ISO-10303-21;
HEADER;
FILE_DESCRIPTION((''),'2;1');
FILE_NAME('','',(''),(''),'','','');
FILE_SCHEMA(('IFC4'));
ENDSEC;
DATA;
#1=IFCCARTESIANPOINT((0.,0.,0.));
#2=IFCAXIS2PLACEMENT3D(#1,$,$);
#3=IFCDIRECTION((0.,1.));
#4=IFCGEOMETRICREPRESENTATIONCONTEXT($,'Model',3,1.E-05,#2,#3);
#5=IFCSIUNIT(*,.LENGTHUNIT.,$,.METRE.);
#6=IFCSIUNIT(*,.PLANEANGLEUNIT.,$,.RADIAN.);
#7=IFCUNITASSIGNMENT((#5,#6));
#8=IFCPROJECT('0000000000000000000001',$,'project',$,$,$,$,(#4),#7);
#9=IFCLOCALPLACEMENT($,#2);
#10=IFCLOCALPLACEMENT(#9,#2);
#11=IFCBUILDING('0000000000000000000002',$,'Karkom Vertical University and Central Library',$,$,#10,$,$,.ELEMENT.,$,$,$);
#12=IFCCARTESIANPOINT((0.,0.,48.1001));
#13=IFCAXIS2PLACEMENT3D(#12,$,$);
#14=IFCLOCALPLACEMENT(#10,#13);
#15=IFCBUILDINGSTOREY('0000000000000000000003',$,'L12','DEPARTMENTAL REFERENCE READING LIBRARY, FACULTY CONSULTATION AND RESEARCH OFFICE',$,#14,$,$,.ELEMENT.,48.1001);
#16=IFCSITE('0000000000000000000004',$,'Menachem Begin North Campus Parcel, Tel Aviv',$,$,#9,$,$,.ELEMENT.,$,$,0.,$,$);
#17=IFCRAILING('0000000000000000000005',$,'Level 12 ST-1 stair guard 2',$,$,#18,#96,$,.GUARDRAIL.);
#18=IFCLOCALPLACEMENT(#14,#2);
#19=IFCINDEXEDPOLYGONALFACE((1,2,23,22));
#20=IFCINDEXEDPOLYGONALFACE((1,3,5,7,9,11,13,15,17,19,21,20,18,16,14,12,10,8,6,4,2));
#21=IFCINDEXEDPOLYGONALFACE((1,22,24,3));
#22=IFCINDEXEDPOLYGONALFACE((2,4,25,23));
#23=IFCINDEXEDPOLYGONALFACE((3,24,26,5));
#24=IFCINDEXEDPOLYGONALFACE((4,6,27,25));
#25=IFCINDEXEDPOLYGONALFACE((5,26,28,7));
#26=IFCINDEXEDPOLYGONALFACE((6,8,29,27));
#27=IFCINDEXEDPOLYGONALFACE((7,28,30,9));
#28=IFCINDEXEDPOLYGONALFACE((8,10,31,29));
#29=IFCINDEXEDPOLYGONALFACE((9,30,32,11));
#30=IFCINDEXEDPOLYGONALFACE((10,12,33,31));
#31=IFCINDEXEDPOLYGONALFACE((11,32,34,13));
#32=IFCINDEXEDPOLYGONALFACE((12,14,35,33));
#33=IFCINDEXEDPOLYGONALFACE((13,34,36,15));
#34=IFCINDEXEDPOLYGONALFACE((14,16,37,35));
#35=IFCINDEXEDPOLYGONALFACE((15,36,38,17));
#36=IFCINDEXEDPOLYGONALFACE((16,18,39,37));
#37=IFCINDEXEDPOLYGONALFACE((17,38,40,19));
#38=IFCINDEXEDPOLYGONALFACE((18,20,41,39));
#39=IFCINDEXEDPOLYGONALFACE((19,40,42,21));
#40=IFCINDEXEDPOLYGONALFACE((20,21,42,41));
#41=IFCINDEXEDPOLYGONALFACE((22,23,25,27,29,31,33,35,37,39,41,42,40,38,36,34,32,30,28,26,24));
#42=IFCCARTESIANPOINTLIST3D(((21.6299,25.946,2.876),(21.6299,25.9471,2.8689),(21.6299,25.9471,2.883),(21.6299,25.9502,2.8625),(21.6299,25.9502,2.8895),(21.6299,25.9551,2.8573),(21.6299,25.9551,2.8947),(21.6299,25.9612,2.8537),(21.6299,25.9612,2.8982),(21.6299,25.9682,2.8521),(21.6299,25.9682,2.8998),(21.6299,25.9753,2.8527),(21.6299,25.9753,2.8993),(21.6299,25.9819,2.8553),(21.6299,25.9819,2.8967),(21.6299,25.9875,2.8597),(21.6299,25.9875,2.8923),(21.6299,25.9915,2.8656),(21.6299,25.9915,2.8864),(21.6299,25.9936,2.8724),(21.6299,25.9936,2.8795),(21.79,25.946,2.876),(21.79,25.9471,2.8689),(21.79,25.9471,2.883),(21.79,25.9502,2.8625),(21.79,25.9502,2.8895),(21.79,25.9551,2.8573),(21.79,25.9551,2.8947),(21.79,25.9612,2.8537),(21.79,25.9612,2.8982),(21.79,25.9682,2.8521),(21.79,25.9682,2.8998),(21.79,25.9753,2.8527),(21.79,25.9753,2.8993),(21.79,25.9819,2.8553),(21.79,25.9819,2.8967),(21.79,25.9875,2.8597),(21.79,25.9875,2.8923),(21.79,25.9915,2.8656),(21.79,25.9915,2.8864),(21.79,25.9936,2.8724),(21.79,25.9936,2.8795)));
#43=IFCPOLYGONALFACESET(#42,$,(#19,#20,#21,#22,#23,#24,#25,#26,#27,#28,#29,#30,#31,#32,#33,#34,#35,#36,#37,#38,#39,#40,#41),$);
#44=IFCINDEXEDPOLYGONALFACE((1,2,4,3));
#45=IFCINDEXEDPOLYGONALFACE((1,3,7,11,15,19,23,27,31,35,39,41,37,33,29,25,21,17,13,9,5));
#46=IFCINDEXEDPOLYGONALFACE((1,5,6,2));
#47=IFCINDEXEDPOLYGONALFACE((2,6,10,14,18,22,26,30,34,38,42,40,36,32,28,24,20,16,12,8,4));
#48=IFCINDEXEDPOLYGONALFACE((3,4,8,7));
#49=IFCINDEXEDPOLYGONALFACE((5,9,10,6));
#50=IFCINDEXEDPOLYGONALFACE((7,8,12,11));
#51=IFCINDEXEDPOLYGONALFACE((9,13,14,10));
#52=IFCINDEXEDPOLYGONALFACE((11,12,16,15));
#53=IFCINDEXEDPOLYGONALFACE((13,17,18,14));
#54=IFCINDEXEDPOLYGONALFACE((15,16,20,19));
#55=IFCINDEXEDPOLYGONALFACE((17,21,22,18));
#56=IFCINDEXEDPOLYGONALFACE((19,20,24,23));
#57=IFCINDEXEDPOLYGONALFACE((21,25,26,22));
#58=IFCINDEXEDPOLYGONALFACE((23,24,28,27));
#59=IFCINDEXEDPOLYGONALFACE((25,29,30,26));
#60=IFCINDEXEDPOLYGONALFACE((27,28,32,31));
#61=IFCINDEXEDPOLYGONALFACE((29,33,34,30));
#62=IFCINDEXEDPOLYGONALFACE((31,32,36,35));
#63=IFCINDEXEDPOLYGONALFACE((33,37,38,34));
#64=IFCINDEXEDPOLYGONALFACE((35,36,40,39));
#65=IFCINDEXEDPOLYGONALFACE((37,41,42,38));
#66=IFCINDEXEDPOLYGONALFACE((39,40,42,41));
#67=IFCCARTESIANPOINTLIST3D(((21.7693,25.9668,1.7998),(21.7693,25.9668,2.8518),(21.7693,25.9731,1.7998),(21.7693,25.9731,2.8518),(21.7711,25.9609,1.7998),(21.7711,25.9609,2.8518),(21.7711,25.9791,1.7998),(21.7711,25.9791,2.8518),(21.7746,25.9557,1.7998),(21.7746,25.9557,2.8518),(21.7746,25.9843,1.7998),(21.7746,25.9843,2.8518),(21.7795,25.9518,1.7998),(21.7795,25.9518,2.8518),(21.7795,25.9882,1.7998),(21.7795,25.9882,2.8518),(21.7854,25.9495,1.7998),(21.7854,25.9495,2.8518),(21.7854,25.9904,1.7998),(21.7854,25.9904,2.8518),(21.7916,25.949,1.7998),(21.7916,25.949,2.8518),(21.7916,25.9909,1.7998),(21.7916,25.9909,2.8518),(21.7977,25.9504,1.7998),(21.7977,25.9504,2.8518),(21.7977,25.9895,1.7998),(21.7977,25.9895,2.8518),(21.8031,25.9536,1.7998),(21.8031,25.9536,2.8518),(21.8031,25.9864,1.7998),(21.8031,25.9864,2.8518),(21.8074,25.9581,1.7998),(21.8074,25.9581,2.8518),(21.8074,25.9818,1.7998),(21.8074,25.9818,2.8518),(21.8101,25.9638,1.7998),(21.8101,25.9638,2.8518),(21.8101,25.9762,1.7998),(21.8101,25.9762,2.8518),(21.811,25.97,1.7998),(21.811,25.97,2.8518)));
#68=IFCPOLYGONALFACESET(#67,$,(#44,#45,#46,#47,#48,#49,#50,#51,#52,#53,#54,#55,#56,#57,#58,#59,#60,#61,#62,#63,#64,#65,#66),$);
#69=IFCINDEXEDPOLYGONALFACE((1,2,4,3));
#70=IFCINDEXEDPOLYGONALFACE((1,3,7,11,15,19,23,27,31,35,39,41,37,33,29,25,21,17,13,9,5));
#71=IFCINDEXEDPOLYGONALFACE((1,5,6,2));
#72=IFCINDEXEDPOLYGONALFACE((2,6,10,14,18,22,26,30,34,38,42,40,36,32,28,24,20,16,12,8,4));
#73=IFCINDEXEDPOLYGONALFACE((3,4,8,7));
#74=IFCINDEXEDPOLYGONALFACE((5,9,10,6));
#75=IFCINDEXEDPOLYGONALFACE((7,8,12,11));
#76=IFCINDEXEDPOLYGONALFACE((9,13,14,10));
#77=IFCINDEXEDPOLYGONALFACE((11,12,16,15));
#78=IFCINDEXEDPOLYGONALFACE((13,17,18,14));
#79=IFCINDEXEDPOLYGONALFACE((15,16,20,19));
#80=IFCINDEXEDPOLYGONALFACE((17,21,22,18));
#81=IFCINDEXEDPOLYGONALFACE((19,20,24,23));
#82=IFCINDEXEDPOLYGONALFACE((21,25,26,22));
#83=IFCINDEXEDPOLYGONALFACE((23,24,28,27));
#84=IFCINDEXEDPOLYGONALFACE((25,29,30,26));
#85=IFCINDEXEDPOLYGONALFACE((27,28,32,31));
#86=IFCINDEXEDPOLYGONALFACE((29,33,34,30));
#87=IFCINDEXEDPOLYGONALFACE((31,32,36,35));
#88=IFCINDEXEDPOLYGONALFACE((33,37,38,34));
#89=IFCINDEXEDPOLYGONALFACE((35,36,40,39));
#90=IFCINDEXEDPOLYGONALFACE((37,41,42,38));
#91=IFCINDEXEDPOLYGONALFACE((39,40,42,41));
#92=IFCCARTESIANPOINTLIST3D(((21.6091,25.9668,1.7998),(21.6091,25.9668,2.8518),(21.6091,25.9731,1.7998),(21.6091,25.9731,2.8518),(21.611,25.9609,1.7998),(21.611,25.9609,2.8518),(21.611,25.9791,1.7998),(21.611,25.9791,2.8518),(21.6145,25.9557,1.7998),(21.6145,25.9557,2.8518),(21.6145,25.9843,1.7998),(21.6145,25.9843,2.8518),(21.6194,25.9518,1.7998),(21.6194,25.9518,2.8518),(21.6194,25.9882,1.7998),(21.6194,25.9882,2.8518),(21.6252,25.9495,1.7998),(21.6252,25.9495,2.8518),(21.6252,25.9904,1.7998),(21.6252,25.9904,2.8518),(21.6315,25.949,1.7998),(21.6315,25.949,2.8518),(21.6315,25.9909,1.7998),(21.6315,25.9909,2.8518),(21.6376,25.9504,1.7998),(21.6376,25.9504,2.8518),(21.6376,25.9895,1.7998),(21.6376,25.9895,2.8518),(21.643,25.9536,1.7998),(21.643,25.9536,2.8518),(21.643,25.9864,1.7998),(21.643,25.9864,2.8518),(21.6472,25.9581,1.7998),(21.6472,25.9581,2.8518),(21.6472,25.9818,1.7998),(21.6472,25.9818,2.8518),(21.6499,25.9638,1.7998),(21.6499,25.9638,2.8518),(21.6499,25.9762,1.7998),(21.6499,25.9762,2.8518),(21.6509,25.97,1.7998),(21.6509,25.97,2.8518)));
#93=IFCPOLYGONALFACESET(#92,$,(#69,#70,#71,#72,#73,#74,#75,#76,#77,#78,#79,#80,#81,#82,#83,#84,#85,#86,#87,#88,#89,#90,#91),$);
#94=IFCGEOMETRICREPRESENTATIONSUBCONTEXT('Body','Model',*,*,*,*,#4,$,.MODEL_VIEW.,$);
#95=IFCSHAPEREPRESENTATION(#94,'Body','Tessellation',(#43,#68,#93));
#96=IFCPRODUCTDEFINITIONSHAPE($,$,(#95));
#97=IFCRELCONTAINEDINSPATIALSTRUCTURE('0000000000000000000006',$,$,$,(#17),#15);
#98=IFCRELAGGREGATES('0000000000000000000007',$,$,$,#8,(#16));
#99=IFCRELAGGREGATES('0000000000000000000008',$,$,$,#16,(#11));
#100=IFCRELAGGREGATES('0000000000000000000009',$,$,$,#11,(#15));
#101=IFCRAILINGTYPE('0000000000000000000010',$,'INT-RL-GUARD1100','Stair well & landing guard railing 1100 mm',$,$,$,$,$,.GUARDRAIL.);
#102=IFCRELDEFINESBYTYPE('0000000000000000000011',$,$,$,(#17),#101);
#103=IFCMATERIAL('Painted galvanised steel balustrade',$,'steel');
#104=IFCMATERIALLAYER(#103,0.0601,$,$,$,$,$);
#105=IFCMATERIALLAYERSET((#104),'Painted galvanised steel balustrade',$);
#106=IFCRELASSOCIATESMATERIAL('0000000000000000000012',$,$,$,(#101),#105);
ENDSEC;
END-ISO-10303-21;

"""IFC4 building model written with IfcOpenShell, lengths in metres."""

from ifc_helpers import new_model, si_unit, direction, frame, origin, origin_2d, place, context, subcontext, project, spatial, circle, extrude, material, layer, layer_set, type_object, element, save


model = new_model("IFC4")

# Units and contexts
model_context = context("Model", 3, precision=1e-05, world=origin(), true_north=direction((0.0, 1.0)))
body_context = subcontext(model_context, "Body", "Model", "MODEL_VIEW")
ifc_project = project(units=[si_unit("LENGTHUNIT", "METRE"), si_unit("PLANEANGLEUNIT", "RADIAN")], contexts=[model_context])

# Site, building, storey
site_placement = place(None, origin())
site = spatial("IfcSite", under=ifc_project, at=site_placement, Name="Menachem Begin North Campus Parcel, Tel Aviv", CompositionType="ELEMENT", RefElevation=0.0)
building_placement = place(site_placement, origin())
building = spatial("IfcBuilding", under=site, at=building_placement, Name="Karkom Vertical University and Central Library", CompositionType="ELEMENT")
storey_placement = place(building_placement, frame((0.0, 0.0, 48.1001)))
storey = spatial("IfcBuildingStorey", under=building, at=storey_placement, Name="L12", Description="DEPARTMENTAL REFERENCE READING LIBRARY, FACULTY CONSULTATION AND RESEARCH OFFICE", CompositionType="ELEMENT", Elevation=48.1001)

# Railing
ifc_material_1 = material(Name="Painted galvanised steel balustrade", Category="steel")
ifc_layer_1 = layer(ifc_material_1, 0.0601)
ifc_layer_set_1 = layer_set([ifc_layer_1], Name="Painted galvanised steel balustrade")
railing_type_1 = type_object("IfcRailingType", Name="INT-RL-GUARD1100", Description="Stair well & landing guard railing 1100 mm", PredefinedType="GUARDRAIL", material=ifc_layer_set_1)
railing_1_placement = place(storey_placement, frame((21.79, 25.97, 1.7998)))
element("IfcRailing", 1, at=railing_1_placement, inside=storey, type_object=railing_type_1, Name="Level 12 ST-1 stair guard 2", PredefinedType="GUARDRAIL", context=body_context, shape_type="SweptSolid", body=[
    extrude(circle(Radius=0.0239, at=origin_2d()), frame((0.0, 0.0, 1.0762), z_axis=(-1.0, 0.0, 0.0), x_axis=(0.0, -1.0, 0.0)), (0.0, 0.0, 1.0), 0.1602),
    extrude(circle(Radius=0.021, at=origin_2d()), origin(), (0.0, 0.0, 1.0), 1.052),
    extrude(circle(Radius=0.021, at=origin_2d()), frame((-0.1602, 0.0, 0.0)), (0.0, 0.0, 1.0), 1.052),
])

save(model, "model.ifc")
